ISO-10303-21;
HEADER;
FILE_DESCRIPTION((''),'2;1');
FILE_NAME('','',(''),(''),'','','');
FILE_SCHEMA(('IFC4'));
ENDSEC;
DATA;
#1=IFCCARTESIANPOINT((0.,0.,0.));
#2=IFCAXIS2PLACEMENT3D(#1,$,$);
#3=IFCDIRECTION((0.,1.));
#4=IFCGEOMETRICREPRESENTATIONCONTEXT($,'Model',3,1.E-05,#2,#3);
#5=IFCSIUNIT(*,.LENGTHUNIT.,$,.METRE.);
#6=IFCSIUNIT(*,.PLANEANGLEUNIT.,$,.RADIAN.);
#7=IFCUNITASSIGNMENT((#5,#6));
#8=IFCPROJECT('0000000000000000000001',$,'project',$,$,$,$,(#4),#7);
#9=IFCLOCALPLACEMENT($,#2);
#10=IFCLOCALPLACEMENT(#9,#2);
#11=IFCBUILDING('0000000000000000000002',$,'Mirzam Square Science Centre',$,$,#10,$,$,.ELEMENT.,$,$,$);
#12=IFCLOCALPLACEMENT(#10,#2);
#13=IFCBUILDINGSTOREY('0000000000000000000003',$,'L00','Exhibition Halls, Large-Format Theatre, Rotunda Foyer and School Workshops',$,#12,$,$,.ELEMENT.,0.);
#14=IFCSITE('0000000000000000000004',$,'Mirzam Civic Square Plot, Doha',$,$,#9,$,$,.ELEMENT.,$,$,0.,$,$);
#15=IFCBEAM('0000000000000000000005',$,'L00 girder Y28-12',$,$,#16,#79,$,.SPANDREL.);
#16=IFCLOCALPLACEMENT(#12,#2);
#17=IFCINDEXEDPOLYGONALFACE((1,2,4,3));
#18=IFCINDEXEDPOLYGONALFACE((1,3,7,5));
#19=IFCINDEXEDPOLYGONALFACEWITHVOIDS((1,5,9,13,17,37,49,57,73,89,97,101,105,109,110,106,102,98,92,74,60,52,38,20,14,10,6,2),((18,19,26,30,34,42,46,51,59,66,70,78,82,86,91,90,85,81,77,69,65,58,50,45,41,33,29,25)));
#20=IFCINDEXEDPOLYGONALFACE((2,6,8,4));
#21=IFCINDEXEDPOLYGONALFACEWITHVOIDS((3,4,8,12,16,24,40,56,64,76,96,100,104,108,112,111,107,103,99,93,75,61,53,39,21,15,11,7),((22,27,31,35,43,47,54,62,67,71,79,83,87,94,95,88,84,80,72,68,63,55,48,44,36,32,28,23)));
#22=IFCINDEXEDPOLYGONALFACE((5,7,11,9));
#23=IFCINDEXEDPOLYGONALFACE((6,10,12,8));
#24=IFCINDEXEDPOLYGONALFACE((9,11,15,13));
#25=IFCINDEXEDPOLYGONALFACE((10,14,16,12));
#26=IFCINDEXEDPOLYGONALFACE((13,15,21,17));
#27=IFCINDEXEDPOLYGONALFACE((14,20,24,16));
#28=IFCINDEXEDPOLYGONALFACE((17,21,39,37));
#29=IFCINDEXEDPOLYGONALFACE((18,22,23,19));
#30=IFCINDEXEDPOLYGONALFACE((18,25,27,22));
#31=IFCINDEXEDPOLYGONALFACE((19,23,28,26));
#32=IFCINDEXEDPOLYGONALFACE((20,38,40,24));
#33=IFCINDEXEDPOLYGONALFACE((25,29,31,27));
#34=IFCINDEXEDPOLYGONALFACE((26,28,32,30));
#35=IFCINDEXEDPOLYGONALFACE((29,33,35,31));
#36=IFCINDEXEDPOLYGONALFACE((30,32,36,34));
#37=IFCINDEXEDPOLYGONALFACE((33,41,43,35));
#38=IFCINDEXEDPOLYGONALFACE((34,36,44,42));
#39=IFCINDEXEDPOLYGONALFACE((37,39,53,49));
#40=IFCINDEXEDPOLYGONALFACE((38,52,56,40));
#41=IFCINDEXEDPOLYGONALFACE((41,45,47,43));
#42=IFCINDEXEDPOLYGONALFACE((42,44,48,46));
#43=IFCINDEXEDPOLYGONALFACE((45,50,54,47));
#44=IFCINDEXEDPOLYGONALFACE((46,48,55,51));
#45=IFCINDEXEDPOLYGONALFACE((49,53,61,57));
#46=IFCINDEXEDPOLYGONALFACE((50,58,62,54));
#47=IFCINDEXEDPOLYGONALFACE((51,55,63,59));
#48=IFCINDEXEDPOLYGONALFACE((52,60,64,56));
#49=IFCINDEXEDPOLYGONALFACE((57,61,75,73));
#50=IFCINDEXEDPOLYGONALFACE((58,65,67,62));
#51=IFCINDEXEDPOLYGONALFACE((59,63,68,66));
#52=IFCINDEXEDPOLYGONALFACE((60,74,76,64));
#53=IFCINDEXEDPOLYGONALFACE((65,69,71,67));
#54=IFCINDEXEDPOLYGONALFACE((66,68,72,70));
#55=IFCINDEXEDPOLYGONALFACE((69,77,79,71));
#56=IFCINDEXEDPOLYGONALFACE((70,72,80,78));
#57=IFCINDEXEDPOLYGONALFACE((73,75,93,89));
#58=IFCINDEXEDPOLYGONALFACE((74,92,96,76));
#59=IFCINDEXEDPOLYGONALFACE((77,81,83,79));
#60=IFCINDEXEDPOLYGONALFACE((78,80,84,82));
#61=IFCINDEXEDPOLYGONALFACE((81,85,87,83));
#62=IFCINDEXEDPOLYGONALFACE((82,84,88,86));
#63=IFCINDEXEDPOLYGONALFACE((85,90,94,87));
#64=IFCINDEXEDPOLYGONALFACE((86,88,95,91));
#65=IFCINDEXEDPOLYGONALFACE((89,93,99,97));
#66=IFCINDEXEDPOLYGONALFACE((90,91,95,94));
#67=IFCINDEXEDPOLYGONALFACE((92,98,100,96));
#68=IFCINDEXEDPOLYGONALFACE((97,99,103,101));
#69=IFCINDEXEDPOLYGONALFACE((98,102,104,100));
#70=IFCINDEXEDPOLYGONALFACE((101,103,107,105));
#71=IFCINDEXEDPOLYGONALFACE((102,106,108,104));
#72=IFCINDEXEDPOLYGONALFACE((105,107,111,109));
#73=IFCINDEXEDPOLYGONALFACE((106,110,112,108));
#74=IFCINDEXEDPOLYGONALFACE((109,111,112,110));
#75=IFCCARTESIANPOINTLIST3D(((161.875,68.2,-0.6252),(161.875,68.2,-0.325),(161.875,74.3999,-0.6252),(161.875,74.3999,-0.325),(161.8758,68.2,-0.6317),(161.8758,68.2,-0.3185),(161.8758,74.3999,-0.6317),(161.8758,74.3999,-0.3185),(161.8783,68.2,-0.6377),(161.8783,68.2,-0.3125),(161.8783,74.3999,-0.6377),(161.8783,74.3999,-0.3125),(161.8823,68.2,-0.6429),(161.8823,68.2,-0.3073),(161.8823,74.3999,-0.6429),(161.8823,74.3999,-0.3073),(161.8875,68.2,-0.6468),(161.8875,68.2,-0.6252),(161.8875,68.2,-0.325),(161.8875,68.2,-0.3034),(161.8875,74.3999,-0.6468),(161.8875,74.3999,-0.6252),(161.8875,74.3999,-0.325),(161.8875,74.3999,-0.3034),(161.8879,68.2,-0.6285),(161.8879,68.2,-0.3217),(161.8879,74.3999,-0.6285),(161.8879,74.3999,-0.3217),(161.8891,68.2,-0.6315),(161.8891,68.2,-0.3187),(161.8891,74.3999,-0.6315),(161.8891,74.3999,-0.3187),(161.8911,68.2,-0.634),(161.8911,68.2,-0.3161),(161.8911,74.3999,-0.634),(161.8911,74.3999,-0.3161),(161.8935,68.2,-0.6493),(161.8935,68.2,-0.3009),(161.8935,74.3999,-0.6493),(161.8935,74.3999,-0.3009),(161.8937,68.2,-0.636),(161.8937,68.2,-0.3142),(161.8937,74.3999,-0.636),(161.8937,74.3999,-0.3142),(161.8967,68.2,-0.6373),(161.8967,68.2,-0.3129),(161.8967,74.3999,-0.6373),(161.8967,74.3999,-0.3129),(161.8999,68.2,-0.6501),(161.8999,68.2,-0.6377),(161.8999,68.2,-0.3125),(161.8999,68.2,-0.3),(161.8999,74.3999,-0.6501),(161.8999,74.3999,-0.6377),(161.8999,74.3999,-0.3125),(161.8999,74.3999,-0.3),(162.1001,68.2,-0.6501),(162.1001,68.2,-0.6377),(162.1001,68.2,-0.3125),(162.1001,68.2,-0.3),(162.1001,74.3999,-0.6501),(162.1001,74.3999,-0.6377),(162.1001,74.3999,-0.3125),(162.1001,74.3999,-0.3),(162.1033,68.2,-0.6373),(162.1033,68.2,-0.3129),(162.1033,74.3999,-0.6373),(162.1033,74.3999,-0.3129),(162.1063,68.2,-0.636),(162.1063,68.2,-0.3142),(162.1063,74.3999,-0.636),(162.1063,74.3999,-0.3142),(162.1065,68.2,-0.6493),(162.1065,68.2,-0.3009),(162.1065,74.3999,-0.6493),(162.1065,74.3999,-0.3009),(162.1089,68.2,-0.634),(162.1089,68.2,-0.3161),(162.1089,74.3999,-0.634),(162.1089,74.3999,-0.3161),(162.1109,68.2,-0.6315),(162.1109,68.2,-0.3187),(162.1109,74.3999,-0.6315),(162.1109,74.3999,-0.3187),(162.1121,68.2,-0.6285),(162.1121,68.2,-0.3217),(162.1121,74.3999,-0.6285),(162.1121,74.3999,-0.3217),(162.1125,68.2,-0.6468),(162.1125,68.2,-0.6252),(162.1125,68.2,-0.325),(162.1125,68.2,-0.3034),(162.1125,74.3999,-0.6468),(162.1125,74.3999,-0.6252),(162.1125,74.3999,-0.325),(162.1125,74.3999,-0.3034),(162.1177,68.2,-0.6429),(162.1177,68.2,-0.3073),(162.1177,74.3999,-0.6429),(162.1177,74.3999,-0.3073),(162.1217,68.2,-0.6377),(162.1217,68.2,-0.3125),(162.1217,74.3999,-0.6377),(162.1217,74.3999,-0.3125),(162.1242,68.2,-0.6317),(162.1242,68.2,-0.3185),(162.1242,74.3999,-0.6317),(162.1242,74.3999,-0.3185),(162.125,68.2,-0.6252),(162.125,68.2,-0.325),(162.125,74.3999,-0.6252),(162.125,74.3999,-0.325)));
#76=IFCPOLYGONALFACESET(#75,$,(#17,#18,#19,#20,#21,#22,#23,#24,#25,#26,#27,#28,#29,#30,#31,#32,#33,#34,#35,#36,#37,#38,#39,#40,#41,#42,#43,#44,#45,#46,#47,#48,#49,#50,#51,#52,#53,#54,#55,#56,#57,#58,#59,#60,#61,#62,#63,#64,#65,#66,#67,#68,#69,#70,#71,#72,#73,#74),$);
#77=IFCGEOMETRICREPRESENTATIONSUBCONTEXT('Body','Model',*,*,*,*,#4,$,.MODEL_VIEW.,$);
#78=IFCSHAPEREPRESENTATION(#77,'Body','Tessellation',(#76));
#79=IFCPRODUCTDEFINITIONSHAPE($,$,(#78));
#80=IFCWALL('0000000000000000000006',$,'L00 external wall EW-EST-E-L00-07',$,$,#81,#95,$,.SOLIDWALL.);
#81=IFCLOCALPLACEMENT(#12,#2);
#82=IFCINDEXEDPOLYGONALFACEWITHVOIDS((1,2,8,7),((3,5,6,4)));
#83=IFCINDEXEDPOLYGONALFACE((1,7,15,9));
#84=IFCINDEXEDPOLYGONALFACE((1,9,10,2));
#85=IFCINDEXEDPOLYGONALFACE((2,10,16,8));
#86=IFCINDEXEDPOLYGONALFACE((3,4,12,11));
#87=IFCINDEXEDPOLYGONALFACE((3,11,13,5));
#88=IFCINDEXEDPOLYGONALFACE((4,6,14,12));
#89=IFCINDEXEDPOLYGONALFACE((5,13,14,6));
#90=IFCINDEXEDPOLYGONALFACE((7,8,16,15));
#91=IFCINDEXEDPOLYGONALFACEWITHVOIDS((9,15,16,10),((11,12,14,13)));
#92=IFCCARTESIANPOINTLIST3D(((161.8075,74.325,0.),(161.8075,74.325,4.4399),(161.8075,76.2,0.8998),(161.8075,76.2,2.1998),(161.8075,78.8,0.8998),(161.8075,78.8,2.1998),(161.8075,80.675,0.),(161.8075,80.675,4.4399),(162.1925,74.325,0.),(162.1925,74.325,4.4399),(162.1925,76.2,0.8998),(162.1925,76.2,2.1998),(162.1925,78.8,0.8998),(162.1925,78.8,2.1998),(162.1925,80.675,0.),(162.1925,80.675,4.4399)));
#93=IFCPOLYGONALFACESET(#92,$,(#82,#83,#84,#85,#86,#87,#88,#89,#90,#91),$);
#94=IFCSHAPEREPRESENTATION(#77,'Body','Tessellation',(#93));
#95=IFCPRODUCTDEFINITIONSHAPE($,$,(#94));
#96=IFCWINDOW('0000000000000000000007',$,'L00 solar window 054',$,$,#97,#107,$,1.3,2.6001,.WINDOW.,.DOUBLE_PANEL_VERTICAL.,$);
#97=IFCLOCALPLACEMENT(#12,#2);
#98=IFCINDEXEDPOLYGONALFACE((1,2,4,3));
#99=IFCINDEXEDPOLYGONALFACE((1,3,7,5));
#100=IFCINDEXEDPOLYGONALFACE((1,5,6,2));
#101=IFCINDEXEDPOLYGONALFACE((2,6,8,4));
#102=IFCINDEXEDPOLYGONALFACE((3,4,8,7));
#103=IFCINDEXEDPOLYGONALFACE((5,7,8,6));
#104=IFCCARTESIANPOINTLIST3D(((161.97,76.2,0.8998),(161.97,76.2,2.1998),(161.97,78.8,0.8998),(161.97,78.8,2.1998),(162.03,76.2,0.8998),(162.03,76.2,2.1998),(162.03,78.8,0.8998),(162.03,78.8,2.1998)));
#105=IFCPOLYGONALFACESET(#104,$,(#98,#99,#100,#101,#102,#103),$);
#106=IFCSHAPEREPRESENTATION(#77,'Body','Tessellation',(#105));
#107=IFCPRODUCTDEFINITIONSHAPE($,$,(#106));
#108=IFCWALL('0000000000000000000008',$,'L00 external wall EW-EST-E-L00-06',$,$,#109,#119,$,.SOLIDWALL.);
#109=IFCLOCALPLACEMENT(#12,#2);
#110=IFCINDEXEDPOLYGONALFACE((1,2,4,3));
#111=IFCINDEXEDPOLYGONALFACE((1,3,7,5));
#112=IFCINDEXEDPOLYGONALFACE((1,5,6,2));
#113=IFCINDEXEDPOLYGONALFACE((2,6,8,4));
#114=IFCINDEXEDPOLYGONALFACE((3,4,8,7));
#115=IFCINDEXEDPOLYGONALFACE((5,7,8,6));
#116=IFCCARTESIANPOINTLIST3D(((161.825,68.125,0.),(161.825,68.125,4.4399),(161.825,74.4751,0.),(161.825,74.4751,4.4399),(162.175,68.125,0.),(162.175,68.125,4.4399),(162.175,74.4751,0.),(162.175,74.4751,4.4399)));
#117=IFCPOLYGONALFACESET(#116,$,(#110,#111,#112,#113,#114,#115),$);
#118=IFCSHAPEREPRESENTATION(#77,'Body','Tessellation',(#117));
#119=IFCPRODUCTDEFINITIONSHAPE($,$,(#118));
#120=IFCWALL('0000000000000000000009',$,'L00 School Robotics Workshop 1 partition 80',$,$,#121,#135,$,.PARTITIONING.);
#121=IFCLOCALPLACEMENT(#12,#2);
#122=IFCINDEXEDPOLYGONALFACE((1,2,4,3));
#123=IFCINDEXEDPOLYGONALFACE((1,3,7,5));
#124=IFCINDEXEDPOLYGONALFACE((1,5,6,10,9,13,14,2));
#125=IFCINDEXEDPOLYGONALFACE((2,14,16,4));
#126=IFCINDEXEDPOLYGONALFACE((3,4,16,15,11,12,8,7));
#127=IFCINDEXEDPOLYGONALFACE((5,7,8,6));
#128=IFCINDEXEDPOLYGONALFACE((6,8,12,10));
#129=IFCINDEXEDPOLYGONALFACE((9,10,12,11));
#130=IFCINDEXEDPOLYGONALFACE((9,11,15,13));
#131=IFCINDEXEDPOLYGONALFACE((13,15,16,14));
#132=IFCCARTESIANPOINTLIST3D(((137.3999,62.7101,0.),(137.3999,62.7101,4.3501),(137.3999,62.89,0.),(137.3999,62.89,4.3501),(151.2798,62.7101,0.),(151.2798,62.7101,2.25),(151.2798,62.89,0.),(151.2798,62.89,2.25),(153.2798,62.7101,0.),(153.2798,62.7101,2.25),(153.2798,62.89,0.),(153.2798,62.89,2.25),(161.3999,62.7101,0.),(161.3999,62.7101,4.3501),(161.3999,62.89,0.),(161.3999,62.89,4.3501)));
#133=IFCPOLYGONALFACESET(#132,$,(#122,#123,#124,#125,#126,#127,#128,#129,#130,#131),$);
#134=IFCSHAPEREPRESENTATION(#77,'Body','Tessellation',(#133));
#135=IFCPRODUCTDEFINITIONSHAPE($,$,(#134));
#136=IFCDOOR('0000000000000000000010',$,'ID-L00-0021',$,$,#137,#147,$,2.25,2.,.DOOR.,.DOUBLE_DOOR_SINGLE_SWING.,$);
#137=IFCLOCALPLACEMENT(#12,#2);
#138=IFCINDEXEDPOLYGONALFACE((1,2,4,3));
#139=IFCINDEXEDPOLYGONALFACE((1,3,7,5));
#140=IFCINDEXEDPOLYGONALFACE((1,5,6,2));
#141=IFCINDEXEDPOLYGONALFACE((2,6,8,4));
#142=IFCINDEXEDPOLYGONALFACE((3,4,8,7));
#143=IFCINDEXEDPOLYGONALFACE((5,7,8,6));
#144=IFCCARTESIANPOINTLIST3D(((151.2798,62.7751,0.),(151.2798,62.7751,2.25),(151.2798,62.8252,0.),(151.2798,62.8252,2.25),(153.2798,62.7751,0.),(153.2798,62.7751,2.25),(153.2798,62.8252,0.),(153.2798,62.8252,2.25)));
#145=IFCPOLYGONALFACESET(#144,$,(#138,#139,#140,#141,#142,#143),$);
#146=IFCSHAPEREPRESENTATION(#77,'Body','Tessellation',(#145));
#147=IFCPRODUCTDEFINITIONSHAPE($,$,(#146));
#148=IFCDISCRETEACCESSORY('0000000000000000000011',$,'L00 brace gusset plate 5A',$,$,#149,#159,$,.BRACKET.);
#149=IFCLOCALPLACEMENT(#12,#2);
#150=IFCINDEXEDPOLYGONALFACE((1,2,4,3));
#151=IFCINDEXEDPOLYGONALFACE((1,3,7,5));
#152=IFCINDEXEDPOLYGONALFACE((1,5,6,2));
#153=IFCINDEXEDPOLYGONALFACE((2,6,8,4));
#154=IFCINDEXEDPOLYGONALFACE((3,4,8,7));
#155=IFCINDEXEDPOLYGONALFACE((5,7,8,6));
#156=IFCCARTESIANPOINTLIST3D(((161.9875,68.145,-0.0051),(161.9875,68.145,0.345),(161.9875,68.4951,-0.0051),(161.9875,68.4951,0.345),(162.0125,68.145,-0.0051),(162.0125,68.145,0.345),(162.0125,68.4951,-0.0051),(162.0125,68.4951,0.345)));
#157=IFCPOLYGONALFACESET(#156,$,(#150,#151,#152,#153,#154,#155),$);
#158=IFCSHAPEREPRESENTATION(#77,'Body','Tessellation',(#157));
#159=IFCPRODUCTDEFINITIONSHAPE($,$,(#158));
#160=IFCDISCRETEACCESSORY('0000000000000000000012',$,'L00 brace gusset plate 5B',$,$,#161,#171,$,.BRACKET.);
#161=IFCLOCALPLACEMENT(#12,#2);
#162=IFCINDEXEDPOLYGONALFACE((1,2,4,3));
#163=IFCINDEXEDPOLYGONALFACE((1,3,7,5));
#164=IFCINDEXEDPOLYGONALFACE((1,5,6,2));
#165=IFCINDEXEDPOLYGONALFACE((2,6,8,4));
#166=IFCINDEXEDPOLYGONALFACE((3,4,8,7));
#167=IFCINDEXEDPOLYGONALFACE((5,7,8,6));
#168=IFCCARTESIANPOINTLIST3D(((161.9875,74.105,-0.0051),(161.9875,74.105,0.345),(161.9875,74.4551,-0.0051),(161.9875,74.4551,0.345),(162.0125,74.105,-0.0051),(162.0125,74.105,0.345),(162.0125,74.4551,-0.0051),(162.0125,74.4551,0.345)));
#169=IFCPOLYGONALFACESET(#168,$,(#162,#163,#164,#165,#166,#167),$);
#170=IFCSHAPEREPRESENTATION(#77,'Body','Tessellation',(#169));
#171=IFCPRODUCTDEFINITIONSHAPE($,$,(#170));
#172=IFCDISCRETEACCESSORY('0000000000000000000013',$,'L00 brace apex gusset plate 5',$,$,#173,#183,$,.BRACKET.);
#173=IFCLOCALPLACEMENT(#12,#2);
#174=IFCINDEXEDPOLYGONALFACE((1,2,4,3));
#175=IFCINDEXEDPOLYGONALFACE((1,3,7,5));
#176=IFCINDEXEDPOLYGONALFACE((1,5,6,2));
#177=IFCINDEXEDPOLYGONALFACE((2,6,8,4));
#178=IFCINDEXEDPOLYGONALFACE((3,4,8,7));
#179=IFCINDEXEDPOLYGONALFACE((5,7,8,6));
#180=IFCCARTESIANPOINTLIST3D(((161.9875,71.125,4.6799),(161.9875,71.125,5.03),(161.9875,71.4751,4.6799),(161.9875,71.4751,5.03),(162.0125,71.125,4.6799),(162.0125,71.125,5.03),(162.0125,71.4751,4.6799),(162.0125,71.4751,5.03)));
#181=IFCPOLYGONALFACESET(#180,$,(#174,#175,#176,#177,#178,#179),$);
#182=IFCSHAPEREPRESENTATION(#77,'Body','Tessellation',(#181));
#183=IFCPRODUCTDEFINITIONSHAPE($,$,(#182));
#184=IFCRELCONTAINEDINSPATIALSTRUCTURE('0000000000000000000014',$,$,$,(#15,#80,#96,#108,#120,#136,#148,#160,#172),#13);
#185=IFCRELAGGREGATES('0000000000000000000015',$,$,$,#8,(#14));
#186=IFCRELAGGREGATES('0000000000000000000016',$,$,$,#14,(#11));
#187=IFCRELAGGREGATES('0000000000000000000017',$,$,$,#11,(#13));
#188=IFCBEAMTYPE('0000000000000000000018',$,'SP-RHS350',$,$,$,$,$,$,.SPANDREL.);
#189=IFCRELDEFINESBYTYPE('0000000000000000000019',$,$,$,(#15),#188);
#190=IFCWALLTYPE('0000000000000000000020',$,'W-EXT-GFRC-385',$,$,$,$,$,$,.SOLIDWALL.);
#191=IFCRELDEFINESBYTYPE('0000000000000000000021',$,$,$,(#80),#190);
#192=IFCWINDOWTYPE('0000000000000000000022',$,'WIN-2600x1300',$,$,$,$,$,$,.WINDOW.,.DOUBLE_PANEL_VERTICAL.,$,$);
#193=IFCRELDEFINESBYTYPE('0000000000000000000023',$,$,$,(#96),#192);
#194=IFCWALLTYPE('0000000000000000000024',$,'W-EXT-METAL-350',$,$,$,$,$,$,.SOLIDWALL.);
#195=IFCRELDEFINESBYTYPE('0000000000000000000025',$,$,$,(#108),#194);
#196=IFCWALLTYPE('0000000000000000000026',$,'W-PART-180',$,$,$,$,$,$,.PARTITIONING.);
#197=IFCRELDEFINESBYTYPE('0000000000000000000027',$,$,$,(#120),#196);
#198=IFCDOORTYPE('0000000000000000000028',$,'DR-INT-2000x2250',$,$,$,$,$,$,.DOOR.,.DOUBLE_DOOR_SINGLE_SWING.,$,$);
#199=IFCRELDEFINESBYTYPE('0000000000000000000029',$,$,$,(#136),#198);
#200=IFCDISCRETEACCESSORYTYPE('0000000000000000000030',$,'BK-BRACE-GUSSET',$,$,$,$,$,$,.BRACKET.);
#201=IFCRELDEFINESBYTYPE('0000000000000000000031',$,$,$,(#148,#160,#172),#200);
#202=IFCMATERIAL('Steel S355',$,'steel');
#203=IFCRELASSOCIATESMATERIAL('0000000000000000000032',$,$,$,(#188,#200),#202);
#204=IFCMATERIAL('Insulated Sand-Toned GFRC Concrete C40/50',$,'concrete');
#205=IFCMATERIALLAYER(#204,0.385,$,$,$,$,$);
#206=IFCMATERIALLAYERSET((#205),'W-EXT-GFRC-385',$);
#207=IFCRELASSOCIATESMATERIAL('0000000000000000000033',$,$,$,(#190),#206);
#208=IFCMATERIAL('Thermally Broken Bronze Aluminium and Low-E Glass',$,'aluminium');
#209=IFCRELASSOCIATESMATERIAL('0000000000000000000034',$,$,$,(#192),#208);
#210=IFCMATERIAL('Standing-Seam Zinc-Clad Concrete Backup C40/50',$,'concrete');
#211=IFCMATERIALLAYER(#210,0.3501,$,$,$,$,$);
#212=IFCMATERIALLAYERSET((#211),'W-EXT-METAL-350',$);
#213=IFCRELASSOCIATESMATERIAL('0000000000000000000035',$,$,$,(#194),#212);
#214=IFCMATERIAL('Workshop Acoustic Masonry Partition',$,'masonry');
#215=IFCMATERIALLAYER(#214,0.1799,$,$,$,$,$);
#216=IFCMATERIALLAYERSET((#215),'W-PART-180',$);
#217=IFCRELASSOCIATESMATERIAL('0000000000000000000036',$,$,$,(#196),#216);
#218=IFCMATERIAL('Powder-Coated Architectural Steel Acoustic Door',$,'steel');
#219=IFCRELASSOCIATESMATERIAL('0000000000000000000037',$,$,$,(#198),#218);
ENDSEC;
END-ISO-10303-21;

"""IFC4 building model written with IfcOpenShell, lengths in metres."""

from ifc_helpers import new_model, si_unit, direction, frame, frame_2d, origin, origin_2d, place, context, subcontext, project, spatial, rectangle, hollow_rectangle, extrude, material, layer, layer_set, material_profile, profile_set, type_object, element, fill, save


model = new_model("IFC4")

# Units and contexts
model_context = context("Model", 3, precision=1e-05, world=origin(), true_north=direction((0.0, 1.0)))
body_context = subcontext(model_context, "Body", "Model", "MODEL_VIEW")
ifc_project = project(units=[si_unit("LENGTHUNIT", "METRE"), si_unit("PLANEANGLEUNIT", "RADIAN")], contexts=[model_context])

# Site, building, storey
site_placement = place(None, origin())
site = spatial("IfcSite", under=ifc_project, at=site_placement, Name="Mirzam Civic Square Plot, Doha", CompositionType="ELEMENT", RefElevation=0.0)
building_placement = place(site_placement, origin())
building = spatial("IfcBuilding", under=site, at=building_placement, Name="Mirzam Square Science Centre", CompositionType="ELEMENT")
storey_placement = place(building_placement, origin())
storey = spatial("IfcBuildingStorey", under=building, at=storey_placement, Name="L00", Description="Exhibition Halls, Large-Format Theatre, Rotunda Foyer and School Workshops", CompositionType="ELEMENT", Elevation=0.0)

# Shared definitions
ifc_material_1 = material(Name="Steel S355", Category="steel")

# Beam
ifc_material_profile_1 = material_profile(ifc_material_1, hollow_rectangle(XDim=0.25, YDim=0.3501, WallThickness=0.0125, InnerFilletRadius=0.0125, OuterFilletRadius=0.0249, at=origin_2d()), Name="350x250x12.5RHS")
ifc_profile_set_1 = profile_set([ifc_material_profile_1], Name="Steel S355")
beam_type_1 = type_object("IfcBeamType", Name="SP-RHS350", PredefinedType="SPANDREL", material=ifc_profile_set_1)
for number, where, z_axis, x_axis, name in (
    (1, (162.0, 68.2, -0.4751), (0.0, 1.0, 0.0), (-1.0, 0.0, 0.0), "L00 girder Y28-12"),
):
    element("IfcBeam", number, at=place(storey_placement, frame(where, z_axis=z_axis, x_axis=x_axis)), inside=storey, type_object=beam_type_1, Name=name, PredefinedType="SPANDREL", context=body_context, shape_type="SweptSolid", body=[
        extrude(hollow_rectangle(XDim=0.25, YDim=0.3501, WallThickness=0.0125, InnerFilletRadius=0.0125, OuterFilletRadius=0.0249, at=origin_2d()), origin(), (0.0, 0.0, 1.0), 6.2),
    ])

# Wall, opening, window
ifc_material_2 = material(Name="Insulated Sand-Toned GFRC Concrete C40/50", Category="concrete")
ifc_layer_1 = layer(ifc_material_2, 0.385)
ifc_layer_set_1 = layer_set([ifc_layer_1], Name="W-EXT-GFRC-385")
wall_type_1 = type_object("IfcWallType", Name="W-EXT-GFRC-385", PredefinedType="SOLIDWALL", material=ifc_layer_set_1)
wall_1_placement = place(storey_placement, frame((162.0, 74.325, 0.0), z_axis=(0.0, 0.0, 1.0), x_axis=(0.0, 1.0, 0.0)))
wall_1 = element("IfcWall", 2, at=wall_1_placement, inside=storey, type_object=wall_type_1, Name="L00 external wall EW-EST-E-L00-07", PredefinedType="SOLIDWALL", context=body_context, shape_type="SweptSolid", body=[
    extrude(rectangle(XDim=6.3501, YDim=0.385, at=frame_2d((3.175, 0.0))), origin(), (0.0, 0.0, 1.0), 4.4399),
])
opening_1_placement = place(wall_1_placement, frame((1.875, 0.0, 0.8999)))
opening_1 = element("IfcOpeningElement", 3, at=opening_1_placement, cuts=wall_1, PredefinedType="OPENING", context=body_context, shape_type="SweptSolid", body=[
    extrude(rectangle(XDim=2.6001, YDim=1.3, at=frame_2d((1.3, 0.6499))), frame((0.0, 0.2024, 0.0), z_axis=(0.0, -1.0, 0.0), x_axis=(1.0, 0.0, 0.0)), (0.0, 0.0, 1.0), 0.405),
])
ifc_material_3 = material(Name="Thermally Broken Bronze Aluminium and Low-E Glass", Category="aluminium")
window_type = type_object("IfcWindowType", Name="WIN-2600x1300", PartitioningType="DOUBLE_PANEL_VERTICAL", PredefinedType="WINDOW", material=ifc_material_3)
window_placement = place(opening_1_placement, origin())
window = element("IfcWindow", 4, at=window_placement, inside=storey, type_object=window_type, Name="L00 solar window 054", OverallHeight=1.3, OverallWidth=2.6001, PartitioningType="DOUBLE_PANEL_VERTICAL", PredefinedType="WINDOW", context=body_context, shape_type="SweptSolid", body=[
    extrude(rectangle(XDim=2.6001, YDim=1.3, at=frame_2d((1.3, 0.6499))), frame((0.0, 0.03, 0.0), z_axis=(0.0, -1.0, 0.0), x_axis=(1.0, 0.0, 0.0)), (0.0, 0.0, 1.0), 0.0601),
])
fill(opening_1, window)

# Wall
ifc_material_4 = material(Name="Standing-Seam Zinc-Clad Concrete Backup C40/50", Category="concrete")
ifc_layer_2 = layer(ifc_material_4, 0.3501)
ifc_layer_set_2 = layer_set([ifc_layer_2], Name="W-EXT-METAL-350")
wall_type_2 = type_object("IfcWallType", Name="W-EXT-METAL-350", PredefinedType="SOLIDWALL", material=ifc_layer_set_2)
wall_2_placement = place(storey_placement, frame((162.0, 68.125, 0.0), z_axis=(0.0, 0.0, 1.0), x_axis=(0.0, 1.0, 0.0)))
element("IfcWall", 5, at=wall_2_placement, inside=storey, type_object=wall_type_2, Name="L00 external wall EW-EST-E-L00-06", PredefinedType="SOLIDWALL", context=body_context, shape_type="SweptSolid", body=[
    extrude(rectangle(XDim=6.3501, YDim=0.3501, at=frame_2d((3.175, 0.0))), origin(), (0.0, 0.0, 1.0), 4.4399),
])

# Wall, opening, door
ifc_material_5 = material(Name="Workshop Acoustic Masonry Partition", Category="masonry")
ifc_layer_3 = layer(ifc_material_5, 0.1799)
ifc_layer_set_3 = layer_set([ifc_layer_3], Name="W-PART-180")
wall_type_3 = type_object("IfcWallType", Name="W-PART-180", PredefinedType="PARTITIONING", material=ifc_layer_set_3)
wall_3_placement = place(storey_placement, frame((161.3999, 62.8, 0.0), z_axis=(0.0, 0.0, 1.0), x_axis=(-1.0, 0.0, 0.0)))
wall_3 = element("IfcWall", 6, at=wall_3_placement, inside=storey, type_object=wall_type_3, Name="L00 School Robotics Workshop 1 partition 80", PredefinedType="PARTITIONING", context=body_context, shape_type="SweptSolid", body=[
    extrude(rectangle(XDim=24.0, YDim=0.1799, at=frame_2d((12.0, 0.0))), origin(), (0.0, 0.0, 1.0), 4.3501),
])
opening_2_placement = place(wall_3_placement, frame((8.1201, 0.0, 0.0)))
opening_2 = element("IfcOpeningElement", 7, at=opening_2_placement, cuts=wall_3, PredefinedType="OPENING", context=body_context, shape_type="SweptSolid", body=[
    extrude(rectangle(XDim=2.0, YDim=2.25, at=frame_2d((1.0, 1.125))), frame((0.0, 0.0999, 0.0), z_axis=(0.0, -1.0, 0.0), x_axis=(1.0, 0.0, 0.0)), (0.0, 0.0, 1.0), 0.2),
])
ifc_material_6 = material(Name="Powder-Coated Architectural Steel Acoustic Door", Category="steel")
door_type = type_object("IfcDoorType", Name="DR-INT-2000x2250", OperationType="DOUBLE_DOOR_SINGLE_SWING", PredefinedType="DOOR", material=ifc_material_6)
door_placement = place(opening_2_placement, origin())
door = element("IfcDoor", 8, at=door_placement, inside=storey, type_object=door_type, Name="ID-L00-0021", OperationType="DOUBLE_DOOR_SINGLE_SWING", OverallHeight=2.25, OverallWidth=2.0, PredefinedType="DOOR", context=body_context, shape_type="SweptSolid", body=[
    extrude(rectangle(XDim=2.0, YDim=2.25, at=frame_2d((1.0, 1.125))), frame((0.0, 0.0249, 0.0), z_axis=(0.0, -1.0, 0.0), x_axis=(1.0, 0.0, 0.0)), (0.0, 0.0, 1.0), 0.05),
])
fill(opening_2, door)

# Discrete accessories
discrete_accessory_type = type_object("IfcDiscreteAccessoryType", Name="BK-BRACE-GUSSET", PredefinedType="BRACKET", material=ifc_material_1)
for number, where, z_axis, x_axis, name in (
    (9, (162.0, 68.3201, -0.0051), (0.0, 0.0, 1.0), (0.0, 1.0, 0.0), "L00 brace gusset plate 5A"),
    (10, (162.0, 74.28, -0.0051), (0.0, 0.0, 1.0), (0.0, 1.0, 0.0), "L00 brace gusset plate 5B"),
    (11, (162.0, 71.3, 4.6799), (0.0, 0.0, 1.0), (0.0, 1.0, 0.0), "L00 brace apex gusset plate 5"),
):
    element("IfcDiscreteAccessory", number, at=place(storey_placement, frame(where, z_axis=z_axis, x_axis=x_axis)), inside=storey, type_object=discrete_accessory_type, Name=name, PredefinedType="BRACKET", context=body_context, shape_type="SweptSolid", body=[
        extrude(rectangle(XDim=0.3501, YDim=0.0249, at=origin_2d()), origin(), (0.0, 0.0, 1.0), 0.3501),
    ])

save(model, "model.ifc")
